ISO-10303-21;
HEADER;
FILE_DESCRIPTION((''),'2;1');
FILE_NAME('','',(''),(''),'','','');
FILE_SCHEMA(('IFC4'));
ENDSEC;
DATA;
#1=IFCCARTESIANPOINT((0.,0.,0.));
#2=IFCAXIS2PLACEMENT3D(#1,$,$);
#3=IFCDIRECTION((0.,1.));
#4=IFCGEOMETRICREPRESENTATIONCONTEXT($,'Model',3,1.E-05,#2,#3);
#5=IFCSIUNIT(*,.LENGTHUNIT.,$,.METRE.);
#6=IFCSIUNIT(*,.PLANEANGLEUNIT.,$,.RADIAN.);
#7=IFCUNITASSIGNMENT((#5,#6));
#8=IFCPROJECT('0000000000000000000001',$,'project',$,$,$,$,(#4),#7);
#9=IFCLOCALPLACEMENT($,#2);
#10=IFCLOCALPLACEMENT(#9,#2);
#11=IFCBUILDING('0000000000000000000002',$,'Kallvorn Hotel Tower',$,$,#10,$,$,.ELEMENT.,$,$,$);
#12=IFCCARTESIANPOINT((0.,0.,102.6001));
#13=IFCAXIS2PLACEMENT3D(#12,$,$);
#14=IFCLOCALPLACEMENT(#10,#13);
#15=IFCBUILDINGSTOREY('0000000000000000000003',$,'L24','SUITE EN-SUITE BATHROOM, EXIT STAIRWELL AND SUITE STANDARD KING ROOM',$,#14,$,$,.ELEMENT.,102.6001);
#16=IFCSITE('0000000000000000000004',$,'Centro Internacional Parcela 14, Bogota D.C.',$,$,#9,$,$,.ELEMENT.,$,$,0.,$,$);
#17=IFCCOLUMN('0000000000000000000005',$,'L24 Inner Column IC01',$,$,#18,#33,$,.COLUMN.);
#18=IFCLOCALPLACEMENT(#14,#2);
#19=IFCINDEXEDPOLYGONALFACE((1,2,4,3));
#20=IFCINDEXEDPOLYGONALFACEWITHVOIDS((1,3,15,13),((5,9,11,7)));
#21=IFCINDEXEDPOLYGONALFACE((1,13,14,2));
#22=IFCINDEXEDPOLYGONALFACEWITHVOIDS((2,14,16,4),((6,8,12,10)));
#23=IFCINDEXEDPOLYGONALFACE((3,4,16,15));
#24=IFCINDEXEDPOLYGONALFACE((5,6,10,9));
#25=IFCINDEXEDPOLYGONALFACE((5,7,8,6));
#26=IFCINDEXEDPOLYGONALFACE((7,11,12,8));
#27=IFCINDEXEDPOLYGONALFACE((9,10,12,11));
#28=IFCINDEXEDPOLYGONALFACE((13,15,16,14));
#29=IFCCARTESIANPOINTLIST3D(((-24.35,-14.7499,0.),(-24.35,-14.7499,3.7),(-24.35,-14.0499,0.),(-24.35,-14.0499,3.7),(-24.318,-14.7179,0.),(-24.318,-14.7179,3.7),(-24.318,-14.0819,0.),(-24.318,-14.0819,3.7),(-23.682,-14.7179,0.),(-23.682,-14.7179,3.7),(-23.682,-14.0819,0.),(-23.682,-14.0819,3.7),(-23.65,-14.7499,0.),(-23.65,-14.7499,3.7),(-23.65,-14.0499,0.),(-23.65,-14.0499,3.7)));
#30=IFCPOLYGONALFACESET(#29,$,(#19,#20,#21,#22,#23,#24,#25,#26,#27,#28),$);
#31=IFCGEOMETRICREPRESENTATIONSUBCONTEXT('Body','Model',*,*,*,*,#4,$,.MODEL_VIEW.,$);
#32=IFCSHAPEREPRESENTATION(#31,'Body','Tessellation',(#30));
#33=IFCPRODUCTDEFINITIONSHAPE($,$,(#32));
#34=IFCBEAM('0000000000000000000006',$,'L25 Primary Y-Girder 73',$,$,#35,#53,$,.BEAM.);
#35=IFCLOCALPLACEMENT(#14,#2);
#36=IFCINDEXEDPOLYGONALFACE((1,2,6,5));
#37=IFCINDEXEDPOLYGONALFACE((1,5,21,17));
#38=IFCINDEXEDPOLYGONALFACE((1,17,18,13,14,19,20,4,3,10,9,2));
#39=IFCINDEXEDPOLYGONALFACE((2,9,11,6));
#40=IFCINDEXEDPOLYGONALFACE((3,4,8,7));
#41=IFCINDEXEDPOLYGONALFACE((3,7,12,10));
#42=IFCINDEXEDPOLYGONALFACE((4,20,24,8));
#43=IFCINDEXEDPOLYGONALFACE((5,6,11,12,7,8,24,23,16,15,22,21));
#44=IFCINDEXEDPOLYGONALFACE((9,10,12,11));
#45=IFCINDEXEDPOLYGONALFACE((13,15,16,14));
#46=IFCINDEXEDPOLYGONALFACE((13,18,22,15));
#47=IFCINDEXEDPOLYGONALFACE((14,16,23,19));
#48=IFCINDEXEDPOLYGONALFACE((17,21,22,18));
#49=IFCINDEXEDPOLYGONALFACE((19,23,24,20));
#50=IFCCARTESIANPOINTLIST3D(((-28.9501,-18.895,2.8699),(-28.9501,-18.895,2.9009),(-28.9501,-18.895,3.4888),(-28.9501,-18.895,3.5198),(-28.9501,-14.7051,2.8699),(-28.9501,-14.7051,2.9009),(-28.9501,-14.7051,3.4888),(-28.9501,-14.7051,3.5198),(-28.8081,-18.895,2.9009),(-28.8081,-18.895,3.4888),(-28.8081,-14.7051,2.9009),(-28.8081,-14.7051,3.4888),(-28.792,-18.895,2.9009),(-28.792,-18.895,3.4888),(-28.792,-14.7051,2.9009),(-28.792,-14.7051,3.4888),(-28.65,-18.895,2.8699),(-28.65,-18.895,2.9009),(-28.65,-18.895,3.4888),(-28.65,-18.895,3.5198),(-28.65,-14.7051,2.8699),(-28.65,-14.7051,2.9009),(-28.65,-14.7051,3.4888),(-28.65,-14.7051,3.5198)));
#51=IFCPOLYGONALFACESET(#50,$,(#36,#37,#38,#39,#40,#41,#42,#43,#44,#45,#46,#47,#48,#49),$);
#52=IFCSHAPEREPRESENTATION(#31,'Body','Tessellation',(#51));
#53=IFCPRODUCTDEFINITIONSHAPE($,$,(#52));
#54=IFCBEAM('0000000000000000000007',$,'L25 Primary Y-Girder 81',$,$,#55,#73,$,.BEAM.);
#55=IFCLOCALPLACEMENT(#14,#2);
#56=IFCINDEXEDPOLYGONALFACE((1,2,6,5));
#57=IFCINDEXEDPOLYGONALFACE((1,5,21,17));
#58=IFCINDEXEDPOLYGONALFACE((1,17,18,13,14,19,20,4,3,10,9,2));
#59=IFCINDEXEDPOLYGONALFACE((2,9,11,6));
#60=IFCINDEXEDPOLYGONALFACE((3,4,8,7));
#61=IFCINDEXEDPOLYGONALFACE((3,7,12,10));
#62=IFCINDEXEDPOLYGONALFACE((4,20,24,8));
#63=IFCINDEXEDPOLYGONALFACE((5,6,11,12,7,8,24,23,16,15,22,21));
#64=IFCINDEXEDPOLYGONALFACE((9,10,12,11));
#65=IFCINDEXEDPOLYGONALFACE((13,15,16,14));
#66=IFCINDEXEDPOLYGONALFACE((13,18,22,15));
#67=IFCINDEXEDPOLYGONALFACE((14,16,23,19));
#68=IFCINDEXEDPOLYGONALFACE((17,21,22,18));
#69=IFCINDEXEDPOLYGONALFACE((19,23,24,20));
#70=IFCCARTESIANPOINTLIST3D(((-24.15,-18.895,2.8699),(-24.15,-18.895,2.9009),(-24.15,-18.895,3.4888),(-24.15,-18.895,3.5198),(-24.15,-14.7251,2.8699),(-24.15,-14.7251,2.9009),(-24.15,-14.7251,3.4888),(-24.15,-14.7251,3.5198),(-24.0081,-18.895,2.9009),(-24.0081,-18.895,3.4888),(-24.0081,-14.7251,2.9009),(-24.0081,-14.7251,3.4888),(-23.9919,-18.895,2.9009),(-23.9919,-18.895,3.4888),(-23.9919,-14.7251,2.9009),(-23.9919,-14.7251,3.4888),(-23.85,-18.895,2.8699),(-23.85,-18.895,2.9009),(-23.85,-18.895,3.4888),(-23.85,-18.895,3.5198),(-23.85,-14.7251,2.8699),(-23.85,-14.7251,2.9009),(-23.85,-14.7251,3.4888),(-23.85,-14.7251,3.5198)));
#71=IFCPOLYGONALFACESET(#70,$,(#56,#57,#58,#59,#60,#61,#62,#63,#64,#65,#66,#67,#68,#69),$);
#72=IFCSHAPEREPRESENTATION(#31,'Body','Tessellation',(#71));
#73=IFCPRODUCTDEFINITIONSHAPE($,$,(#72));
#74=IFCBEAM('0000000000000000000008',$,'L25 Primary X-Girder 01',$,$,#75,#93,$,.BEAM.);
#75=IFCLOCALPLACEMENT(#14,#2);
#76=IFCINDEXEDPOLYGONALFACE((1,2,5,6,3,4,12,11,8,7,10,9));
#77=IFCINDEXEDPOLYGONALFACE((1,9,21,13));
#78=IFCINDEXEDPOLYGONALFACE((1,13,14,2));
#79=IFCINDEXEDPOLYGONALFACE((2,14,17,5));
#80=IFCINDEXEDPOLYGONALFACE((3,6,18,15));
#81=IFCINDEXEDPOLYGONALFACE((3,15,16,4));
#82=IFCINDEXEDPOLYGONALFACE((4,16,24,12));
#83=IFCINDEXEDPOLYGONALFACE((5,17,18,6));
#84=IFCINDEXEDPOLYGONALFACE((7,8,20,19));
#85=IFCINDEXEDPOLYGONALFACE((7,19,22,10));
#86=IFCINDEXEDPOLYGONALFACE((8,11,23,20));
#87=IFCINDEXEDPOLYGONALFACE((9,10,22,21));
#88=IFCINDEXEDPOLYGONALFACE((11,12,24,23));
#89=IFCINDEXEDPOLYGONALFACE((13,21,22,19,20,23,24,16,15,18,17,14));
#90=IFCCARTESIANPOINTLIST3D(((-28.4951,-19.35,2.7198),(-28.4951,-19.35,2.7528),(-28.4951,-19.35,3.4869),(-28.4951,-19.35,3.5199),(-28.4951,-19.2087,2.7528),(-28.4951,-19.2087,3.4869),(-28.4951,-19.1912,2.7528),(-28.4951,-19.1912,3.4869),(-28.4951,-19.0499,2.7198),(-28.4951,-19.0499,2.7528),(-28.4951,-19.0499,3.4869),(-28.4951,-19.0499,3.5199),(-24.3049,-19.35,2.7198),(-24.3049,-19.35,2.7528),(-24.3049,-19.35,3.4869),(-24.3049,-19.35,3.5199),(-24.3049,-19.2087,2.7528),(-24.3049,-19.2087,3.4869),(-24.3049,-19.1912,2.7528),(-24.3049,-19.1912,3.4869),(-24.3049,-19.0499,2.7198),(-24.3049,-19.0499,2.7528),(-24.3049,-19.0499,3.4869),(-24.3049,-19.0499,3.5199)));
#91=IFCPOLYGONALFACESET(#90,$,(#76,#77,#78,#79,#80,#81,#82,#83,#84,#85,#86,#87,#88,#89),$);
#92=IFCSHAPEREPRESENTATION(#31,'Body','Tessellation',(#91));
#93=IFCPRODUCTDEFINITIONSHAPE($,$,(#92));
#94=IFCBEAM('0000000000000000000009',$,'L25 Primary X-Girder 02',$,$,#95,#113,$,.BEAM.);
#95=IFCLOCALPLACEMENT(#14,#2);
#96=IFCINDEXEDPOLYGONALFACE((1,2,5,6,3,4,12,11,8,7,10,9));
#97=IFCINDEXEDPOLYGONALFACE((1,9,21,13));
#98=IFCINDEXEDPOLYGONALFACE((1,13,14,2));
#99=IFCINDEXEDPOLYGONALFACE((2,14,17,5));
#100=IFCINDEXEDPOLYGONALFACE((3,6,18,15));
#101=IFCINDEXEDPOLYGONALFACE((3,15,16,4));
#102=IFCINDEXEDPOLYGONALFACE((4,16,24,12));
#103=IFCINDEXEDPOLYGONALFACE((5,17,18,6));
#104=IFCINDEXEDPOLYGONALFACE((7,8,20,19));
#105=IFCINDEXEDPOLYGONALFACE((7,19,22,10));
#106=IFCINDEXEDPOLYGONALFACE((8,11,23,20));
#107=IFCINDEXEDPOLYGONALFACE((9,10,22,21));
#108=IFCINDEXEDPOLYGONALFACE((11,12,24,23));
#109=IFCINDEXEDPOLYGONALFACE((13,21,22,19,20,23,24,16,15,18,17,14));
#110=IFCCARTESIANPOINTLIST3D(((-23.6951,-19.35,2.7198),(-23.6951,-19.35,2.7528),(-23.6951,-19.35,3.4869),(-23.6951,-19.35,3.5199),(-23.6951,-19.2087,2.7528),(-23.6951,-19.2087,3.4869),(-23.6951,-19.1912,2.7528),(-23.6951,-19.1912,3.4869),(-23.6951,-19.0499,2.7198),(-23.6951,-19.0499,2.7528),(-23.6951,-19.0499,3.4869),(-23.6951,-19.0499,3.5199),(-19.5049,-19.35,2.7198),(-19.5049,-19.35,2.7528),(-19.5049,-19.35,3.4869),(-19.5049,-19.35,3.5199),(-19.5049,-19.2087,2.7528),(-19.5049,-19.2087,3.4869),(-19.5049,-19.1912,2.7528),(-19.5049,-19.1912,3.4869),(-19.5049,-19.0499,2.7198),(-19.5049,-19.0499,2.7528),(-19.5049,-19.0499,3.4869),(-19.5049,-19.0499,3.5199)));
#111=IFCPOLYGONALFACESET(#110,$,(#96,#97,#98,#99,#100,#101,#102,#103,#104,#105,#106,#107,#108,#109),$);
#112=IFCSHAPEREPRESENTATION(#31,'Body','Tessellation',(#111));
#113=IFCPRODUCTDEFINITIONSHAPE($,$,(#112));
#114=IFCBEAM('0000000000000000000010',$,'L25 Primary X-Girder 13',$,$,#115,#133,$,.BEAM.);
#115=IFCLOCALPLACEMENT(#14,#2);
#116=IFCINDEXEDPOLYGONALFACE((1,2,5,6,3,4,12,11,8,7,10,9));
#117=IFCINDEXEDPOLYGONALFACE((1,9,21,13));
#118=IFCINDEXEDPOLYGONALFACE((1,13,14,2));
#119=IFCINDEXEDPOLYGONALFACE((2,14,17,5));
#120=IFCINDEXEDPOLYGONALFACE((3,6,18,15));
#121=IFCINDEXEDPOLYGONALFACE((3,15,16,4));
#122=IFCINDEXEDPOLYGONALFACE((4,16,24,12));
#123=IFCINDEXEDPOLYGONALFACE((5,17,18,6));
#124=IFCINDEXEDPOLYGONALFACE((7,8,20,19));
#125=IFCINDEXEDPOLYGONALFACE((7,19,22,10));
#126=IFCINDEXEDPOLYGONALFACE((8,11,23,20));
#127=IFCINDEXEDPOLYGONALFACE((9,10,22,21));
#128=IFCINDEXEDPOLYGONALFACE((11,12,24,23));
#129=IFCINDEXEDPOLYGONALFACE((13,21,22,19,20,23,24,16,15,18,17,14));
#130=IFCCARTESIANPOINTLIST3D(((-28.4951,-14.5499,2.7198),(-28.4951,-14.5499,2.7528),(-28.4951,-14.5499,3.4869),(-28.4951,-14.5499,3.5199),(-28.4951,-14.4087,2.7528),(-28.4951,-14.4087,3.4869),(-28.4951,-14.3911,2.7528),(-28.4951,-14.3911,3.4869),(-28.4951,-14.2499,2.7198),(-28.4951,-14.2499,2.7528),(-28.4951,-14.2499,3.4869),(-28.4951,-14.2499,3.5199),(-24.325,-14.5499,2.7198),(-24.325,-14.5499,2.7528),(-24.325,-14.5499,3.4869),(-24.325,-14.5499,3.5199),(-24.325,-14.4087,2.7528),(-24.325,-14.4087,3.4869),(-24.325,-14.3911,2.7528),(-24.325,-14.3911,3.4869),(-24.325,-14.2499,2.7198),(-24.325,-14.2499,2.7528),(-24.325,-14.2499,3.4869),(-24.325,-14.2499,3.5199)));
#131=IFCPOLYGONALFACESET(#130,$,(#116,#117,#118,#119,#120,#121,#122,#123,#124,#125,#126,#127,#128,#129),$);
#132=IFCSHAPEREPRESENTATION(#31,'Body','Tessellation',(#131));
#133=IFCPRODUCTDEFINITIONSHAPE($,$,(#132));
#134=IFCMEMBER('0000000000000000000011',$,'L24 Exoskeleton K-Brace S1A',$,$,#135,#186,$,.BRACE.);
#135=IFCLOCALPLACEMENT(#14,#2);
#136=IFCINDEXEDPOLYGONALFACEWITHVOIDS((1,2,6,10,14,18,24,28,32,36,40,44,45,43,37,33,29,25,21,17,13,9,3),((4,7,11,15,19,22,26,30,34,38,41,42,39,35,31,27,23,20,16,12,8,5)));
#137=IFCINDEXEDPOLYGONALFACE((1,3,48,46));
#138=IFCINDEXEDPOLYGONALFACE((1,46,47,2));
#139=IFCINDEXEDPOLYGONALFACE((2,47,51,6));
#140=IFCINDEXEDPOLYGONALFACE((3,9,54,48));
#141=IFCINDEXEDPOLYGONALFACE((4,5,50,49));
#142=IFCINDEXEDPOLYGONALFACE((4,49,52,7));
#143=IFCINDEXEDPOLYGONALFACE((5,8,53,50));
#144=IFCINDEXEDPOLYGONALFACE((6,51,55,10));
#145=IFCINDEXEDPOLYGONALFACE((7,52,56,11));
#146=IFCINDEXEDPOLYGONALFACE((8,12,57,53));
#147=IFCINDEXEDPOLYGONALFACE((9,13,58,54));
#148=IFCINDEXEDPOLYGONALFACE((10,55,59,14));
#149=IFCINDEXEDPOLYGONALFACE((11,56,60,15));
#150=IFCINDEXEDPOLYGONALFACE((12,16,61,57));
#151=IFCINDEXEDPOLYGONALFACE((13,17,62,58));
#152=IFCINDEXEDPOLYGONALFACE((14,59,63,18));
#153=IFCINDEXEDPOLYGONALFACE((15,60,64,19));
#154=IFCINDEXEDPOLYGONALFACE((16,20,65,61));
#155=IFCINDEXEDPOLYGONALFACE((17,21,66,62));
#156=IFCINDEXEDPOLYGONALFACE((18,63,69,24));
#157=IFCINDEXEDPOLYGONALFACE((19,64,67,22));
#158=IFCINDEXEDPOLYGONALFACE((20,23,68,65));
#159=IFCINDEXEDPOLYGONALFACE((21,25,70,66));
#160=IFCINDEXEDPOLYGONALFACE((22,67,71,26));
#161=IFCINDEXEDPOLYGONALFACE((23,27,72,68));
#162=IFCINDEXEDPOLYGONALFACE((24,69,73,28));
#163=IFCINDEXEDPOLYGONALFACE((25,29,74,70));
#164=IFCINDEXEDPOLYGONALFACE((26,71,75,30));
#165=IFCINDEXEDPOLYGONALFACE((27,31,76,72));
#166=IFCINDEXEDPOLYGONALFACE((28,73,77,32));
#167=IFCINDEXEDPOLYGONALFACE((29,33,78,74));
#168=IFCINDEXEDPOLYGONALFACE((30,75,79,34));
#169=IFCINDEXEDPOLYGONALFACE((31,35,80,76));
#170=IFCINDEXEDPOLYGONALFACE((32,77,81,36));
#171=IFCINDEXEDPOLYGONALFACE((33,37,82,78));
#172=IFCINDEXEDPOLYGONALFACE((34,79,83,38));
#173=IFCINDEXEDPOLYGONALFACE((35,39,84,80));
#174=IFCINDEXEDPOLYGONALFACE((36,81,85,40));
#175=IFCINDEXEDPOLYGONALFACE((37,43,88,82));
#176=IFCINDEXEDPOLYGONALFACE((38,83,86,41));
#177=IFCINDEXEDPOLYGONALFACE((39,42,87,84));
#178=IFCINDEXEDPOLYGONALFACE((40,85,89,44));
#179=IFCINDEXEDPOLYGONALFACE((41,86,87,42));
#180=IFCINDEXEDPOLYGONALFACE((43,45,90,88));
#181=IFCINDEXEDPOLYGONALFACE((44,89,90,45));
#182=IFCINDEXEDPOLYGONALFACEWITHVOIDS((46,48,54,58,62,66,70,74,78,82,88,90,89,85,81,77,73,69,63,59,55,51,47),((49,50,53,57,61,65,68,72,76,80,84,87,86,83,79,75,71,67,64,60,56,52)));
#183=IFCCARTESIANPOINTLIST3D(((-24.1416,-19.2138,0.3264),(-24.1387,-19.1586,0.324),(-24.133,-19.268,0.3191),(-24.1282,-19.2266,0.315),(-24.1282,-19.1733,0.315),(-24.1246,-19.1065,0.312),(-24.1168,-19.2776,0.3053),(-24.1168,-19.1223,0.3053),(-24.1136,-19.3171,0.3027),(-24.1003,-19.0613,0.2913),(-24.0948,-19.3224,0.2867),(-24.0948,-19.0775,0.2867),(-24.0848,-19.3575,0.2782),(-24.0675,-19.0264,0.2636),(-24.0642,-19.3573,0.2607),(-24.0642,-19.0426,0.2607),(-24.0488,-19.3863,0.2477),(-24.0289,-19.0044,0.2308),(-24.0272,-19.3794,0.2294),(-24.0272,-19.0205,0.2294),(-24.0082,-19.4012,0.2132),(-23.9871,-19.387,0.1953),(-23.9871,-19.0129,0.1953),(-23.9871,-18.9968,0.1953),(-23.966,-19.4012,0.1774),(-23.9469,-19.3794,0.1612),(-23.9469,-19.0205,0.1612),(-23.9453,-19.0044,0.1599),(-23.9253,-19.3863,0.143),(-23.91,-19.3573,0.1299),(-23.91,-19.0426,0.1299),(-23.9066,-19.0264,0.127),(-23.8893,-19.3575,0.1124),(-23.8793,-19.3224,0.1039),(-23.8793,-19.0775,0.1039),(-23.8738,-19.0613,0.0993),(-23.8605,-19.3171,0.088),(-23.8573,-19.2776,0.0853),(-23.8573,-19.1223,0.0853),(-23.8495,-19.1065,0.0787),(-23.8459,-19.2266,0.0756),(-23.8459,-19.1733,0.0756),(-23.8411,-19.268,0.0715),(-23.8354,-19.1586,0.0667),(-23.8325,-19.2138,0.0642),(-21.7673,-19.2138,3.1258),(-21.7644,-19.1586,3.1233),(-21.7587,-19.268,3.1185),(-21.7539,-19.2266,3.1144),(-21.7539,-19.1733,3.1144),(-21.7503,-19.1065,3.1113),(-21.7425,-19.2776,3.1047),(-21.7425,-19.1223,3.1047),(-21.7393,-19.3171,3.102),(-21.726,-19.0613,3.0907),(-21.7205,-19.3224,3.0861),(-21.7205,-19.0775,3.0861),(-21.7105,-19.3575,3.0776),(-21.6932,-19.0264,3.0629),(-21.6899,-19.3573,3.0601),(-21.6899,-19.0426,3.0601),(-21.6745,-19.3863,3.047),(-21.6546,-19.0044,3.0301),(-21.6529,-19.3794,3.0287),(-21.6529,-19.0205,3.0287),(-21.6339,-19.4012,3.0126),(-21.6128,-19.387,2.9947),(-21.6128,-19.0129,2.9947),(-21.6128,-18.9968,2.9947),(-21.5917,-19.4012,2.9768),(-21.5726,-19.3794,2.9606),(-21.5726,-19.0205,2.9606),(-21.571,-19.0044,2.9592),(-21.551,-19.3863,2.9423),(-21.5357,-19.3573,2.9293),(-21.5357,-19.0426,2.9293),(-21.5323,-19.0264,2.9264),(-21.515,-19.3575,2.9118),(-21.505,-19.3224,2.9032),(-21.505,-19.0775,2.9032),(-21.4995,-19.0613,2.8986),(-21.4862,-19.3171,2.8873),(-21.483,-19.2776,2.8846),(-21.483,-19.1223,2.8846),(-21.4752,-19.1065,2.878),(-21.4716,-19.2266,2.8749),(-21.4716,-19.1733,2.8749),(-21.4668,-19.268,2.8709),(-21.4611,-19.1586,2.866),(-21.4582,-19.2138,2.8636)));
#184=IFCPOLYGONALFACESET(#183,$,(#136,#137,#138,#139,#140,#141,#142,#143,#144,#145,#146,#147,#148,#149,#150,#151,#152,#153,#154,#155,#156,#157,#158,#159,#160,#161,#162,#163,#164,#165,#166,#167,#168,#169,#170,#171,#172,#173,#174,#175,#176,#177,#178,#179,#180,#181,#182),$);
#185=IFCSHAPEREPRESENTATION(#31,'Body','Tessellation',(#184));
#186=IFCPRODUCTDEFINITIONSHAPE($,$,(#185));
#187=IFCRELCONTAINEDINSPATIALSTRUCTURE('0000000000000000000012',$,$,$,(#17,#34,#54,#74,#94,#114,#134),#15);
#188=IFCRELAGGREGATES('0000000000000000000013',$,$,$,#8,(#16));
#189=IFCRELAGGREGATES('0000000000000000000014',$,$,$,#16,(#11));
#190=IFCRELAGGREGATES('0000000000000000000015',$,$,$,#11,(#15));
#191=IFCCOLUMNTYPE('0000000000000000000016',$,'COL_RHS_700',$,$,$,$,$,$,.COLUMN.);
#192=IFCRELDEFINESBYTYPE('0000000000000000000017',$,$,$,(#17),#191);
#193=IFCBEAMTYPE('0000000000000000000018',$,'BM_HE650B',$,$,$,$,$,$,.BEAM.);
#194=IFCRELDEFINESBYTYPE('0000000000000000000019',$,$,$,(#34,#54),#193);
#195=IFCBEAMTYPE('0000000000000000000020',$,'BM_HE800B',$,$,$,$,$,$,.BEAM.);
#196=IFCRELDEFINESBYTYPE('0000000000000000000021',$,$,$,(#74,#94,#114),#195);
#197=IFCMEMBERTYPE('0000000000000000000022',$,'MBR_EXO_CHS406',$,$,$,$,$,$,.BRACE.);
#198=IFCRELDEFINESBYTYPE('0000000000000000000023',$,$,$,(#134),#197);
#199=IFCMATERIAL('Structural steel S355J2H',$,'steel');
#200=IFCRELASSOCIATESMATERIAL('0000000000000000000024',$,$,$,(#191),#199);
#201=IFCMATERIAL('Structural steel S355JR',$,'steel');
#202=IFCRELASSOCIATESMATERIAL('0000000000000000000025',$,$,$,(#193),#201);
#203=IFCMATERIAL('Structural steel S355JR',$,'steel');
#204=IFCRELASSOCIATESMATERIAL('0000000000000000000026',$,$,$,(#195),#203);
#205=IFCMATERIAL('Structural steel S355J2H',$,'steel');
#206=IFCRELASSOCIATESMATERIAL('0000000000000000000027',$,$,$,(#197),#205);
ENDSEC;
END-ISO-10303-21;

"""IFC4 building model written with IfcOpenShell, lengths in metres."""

from ifc_helpers import new_model, si_unit, direction, frame, origin, origin_2d, place, context, subcontext, project, spatial, hollow_rectangle, hollow_circle, i_section, extrude, material, material_profile, profile_set, type_object, element, save


model = new_model("IFC4")

# Units and contexts
model_context = context("Model", 3, precision=1e-05, world=origin(), true_north=direction((0.0, 1.0)))
body_context = subcontext(model_context, "Body", "Model", "MODEL_VIEW")
ifc_project = project(units=[si_unit("LENGTHUNIT", "METRE"), si_unit("PLANEANGLEUNIT", "RADIAN")], contexts=[model_context])

# Site, building, storey
site_placement = place(None, origin())
site = spatial("IfcSite", under=ifc_project, at=site_placement, Name="Centro Internacional Parcela 14, Bogota D.C.", CompositionType="ELEMENT", RefElevation=0.0)
building_placement = place(site_placement, origin())
building = spatial("IfcBuilding", under=site, at=building_placement, Name="Kallvorn Hotel Tower", CompositionType="ELEMENT")
storey_placement = place(building_placement, frame((0.0, 0.0, 102.6001)))
storey = spatial("IfcBuildingStorey", under=building, at=storey_placement, Name="L24", Description="SUITE EN-SUITE BATHROOM, EXIT STAIRWELL AND SUITE STANDARD KING ROOM", CompositionType="ELEMENT", Elevation=102.6001)

# Column
ifc_material_1 = material(Name="Structural steel S355J2H", Category="steel")
ifc_material_profile_1 = material_profile(ifc_material_1, hollow_rectangle(XDim=0.7, YDim=0.7, WallThickness=0.032, at=origin_2d()), Name="RHS 700x700x32")
ifc_profile_set_1 = profile_set([ifc_material_profile_1], Name="Structural steel S355J2H")
column_type_1 = type_object("IfcColumnType", Name="COL_RHS_700", PredefinedType="COLUMN", material=ifc_profile_set_1)
column_placement = place(storey_placement, frame((-24.0, -14.3999, 0.0), z_axis=(0.0, 0.0, 1.0), x_axis=(1.0, 0.0, 0.0)))
element("IfcColumn", 1, at=column_placement, inside=storey, type_object=column_type_1, Name="L24 Inner Column IC01", PredefinedType="COLUMN", context=body_context, shape_type="SweptSolid", body=[
    extrude(hollow_rectangle(XDim=0.7, YDim=0.7, WallThickness=0.032, at=origin_2d()), origin(), (0.0, 0.0, 1.0), 3.7),
])

# Beams
ifc_material_2 = material(Name="Structural steel S355JR", Category="steel")
ifc_material_profile_2 = material_profile(ifc_material_2, i_section(OverallWidth=0.3, OverallDepth=0.6499, WebThickness=0.0161, FlangeThickness=0.031, at=origin_2d()), Name="HE 650 B")
ifc_profile_set_2 = profile_set([ifc_material_profile_2], Name="Structural steel S355JR")
beam_type_1 = type_object("IfcBeamType", Name="BM_HE650B", PredefinedType="BEAM", material=ifc_profile_set_2)
beam_1_placement = place(storey_placement, frame((-28.8, -18.895, 3.1948), z_axis=(0.0, 1.0, 0.0), x_axis=(-1.0, 0.0, 0.0)))
element("IfcBeam", 2, at=beam_1_placement, inside=storey, type_object=beam_type_1, Name="L25 Primary Y-Girder 73", PredefinedType="BEAM", context=body_context, shape_type="SweptSolid", body=[
    extrude(i_section(OverallWidth=0.3, OverallDepth=0.6499, WebThickness=0.0161, FlangeThickness=0.031, at=origin_2d()), origin(), (0.0, 0.0, 1.0), 4.1899),
])
beam_2_placement = place(storey_placement, frame((-24.0, -18.895, 3.1948), z_axis=(0.0, 1.0, 0.0), x_axis=(-1.0, 0.0, 0.0)))
element("IfcBeam", 3, at=beam_2_placement, inside=storey, type_object=beam_type_1, Name="L25 Primary Y-Girder 81", PredefinedType="BEAM", context=body_context, shape_type="SweptSolid", body=[
    extrude(i_section(OverallWidth=0.3, OverallDepth=0.6499, WebThickness=0.0161, FlangeThickness=0.031, at=origin_2d()), origin(), (0.0, 0.0, 1.0), 4.1699),
])
ifc_material_3 = material(Name="Structural steel S355JR", Category="steel")
ifc_material_profile_3 = material_profile(ifc_material_3, i_section(OverallWidth=0.3, OverallDepth=0.8, WebThickness=0.0176, FlangeThickness=0.033, at=origin_2d()), Name="HE 800 B")
ifc_profile_set_3 = profile_set([ifc_material_profile_3], Name="Structural steel S355JR")
beam_type_2 = type_object("IfcBeamType", Name="BM_HE800B", PredefinedType="BEAM", material=ifc_profile_set_3)
for number, where, z_axis, x_axis, name in (
    (4, (-28.4951, -19.2, 3.1199), (1.0, 0.0, 0.0), (0.0, 1.0, 0.0), "L25 Primary X-Girder 01"),
    (5, (-23.6951, -19.2, 3.1199), (1.0, 0.0, 0.0), (0.0, 1.0, 0.0), "L25 Primary X-Girder 02"),
):
    element("IfcBeam", number, at=place(storey_placement, frame(where, z_axis=z_axis, x_axis=x_axis)), inside=storey, type_object=beam_type_2, Name=name, PredefinedType="BEAM", context=body_context, shape_type="SweptSolid", body=[
        extrude(i_section(OverallWidth=0.3, OverallDepth=0.8, WebThickness=0.0176, FlangeThickness=0.033, at=origin_2d()), origin(), (0.0, 0.0, 1.0), 4.1902),
    ])
beam_3_placement = place(storey_placement, frame((-28.4951, -14.3999, 3.1199), z_axis=(1.0, 0.0, 0.0), x_axis=(0.0, 1.0, 0.0)))
element("IfcBeam", 6, at=beam_3_placement, inside=storey, type_object=beam_type_2, Name="L25 Primary X-Girder 13", PredefinedType="BEAM", context=body_context, shape_type="SweptSolid", body=[
    extrude(i_section(OverallWidth=0.3, OverallDepth=0.8, WebThickness=0.0176, FlangeThickness=0.033, at=origin_2d()), origin(), (0.0, 0.0, 1.0), 4.1702),
])

# Member
ifc_material_4 = material(Name="Structural steel S355J2H", Category="steel")
ifc_material_profile_4 = material_profile(ifc_material_4, hollow_circle(Radius=0.2031, WallThickness=0.0161, at=origin_2d()), Name="CHS 406.4x16")
ifc_profile_set_4 = profile_set([ifc_material_profile_4], Name="Structural steel S355J2H")
member_type = type_object("IfcMemberType", Name="MBR_EXO_CHS406", PredefinedType="BRACE", material=ifc_profile_set_4)
member_placement = place(storey_placement, frame((-23.9871, -19.2, 0.1953), z_axis=(0.646833, 0.0, 0.762631), x_axis=(0.0, 1.0, 0.0)))
element("IfcMember", 7, at=member_placement, inside=storey, type_object=member_type, Name="L24 Exoskeleton K-Brace S1A", PredefinedType="BRACE", context=body_context, shape_type="SweptSolid", body=[
    extrude(hollow_circle(Radius=0.2031, WallThickness=0.0161, at=origin_2d()), origin(), (0.0, 0.0, 1.0), 3.6707),
])

save(model, "model.ifc")
